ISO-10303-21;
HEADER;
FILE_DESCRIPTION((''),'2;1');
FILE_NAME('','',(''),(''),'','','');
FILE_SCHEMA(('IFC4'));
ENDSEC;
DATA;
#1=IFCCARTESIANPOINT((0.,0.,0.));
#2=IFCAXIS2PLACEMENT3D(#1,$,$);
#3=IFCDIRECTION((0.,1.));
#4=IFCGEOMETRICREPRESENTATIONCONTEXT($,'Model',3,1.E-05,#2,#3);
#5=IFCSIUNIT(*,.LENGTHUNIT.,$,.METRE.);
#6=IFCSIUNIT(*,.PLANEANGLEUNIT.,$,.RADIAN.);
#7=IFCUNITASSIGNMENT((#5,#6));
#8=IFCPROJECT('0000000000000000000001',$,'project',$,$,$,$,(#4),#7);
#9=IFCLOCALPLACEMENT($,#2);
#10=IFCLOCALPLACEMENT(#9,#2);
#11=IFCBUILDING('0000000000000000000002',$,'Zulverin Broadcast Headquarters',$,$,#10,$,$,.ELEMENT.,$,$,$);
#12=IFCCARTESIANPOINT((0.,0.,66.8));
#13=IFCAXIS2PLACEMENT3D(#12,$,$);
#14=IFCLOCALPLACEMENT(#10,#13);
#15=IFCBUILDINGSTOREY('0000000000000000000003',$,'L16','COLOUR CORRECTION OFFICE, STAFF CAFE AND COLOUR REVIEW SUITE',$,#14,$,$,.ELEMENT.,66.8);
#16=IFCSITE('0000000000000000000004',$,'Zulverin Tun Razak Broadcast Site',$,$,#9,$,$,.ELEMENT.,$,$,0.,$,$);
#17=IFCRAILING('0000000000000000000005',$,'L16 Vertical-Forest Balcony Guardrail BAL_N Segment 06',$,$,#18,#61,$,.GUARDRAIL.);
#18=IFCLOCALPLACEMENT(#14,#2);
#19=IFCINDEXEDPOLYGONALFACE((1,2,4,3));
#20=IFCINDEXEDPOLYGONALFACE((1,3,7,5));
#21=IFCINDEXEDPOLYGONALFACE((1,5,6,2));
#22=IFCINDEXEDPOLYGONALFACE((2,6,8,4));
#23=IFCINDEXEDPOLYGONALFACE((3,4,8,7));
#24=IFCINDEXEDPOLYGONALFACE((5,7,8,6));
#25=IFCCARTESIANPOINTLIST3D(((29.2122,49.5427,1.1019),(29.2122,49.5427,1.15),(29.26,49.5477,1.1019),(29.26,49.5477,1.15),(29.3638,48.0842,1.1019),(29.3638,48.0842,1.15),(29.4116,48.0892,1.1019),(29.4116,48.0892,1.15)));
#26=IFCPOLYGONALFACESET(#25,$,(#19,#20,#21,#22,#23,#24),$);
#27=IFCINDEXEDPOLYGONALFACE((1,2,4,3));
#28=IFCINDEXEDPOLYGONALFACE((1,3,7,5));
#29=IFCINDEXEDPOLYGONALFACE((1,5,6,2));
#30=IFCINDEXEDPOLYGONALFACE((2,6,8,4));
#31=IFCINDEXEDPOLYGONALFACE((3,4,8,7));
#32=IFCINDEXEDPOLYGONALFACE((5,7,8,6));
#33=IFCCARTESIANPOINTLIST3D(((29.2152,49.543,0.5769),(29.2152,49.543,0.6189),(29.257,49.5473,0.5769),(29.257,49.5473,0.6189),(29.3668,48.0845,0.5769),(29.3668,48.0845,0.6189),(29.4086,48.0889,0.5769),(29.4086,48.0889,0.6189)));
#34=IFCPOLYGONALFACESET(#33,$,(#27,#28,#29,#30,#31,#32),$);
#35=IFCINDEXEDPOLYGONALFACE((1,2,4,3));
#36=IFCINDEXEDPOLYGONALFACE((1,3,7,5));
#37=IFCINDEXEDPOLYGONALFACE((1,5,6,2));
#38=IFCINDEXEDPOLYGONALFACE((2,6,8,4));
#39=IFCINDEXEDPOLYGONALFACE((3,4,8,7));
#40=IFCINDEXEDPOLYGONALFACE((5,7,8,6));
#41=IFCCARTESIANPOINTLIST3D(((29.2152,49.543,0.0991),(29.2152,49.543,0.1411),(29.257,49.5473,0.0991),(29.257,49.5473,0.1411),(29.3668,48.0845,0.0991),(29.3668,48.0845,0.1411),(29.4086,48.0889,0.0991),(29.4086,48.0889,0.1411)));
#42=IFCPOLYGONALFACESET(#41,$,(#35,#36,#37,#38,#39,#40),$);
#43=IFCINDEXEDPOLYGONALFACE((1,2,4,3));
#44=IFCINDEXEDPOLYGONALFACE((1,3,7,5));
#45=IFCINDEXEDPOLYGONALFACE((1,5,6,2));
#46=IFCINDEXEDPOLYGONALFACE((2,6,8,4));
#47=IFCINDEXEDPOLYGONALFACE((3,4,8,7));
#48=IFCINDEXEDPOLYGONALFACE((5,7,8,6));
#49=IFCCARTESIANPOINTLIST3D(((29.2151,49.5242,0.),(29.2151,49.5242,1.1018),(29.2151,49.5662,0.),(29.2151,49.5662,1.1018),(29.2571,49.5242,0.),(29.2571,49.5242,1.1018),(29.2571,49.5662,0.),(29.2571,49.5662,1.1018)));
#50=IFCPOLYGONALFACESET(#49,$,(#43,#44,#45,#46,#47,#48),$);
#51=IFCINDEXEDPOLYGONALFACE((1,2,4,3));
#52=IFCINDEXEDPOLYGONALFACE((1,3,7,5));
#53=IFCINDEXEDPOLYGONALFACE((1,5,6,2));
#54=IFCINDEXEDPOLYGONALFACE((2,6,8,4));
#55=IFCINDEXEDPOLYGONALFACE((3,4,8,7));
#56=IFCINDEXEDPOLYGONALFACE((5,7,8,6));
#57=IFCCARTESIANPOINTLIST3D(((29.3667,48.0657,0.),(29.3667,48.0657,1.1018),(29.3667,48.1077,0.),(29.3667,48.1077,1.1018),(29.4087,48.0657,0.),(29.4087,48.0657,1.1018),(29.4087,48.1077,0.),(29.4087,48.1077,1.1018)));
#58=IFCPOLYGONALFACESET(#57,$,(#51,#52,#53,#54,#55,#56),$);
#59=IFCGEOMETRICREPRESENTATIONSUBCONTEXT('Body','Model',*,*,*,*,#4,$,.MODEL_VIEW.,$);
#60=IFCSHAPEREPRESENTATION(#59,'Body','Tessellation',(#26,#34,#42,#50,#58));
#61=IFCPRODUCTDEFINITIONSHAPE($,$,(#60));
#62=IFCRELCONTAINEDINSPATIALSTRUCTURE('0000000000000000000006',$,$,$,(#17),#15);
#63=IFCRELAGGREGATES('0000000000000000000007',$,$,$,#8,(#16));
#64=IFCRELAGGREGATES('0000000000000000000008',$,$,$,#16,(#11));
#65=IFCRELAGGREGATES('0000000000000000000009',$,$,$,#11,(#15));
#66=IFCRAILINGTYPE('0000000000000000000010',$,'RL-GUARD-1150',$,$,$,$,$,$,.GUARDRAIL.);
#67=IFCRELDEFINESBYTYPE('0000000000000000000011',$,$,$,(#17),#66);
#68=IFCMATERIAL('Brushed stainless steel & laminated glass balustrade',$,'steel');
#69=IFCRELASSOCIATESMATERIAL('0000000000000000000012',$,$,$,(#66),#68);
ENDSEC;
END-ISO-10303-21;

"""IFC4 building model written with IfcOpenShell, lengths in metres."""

from ifc_helpers import new_model, si_unit, direction, frame, origin, origin_2d, place, context, subcontext, project, spatial, rectangle, extrude, material, type_object, element, save


model = new_model("IFC4")

# Units and contexts
model_context = context("Model", 3, precision=1e-05, world=origin(), true_north=direction((0.0, 1.0)))
body_context = subcontext(model_context, "Body", "Model", "MODEL_VIEW")
ifc_project = project(units=[si_unit("LENGTHUNIT", "METRE"), si_unit("PLANEANGLEUNIT", "RADIAN")], contexts=[model_context])

# Site, building, storey
site_placement = place(None, origin())
site = spatial("IfcSite", under=ifc_project, at=site_placement, Name="Zulverin Tun Razak Broadcast Site", CompositionType="ELEMENT", RefElevation=0.0)
building_placement = place(site_placement, origin())
building = spatial("IfcBuilding", under=site, at=building_placement, Name="Zulverin Broadcast Headquarters", CompositionType="ELEMENT")
storey_placement = place(building_placement, frame((0.0, 0.0, 66.8)))
storey = spatial("IfcBuildingStorey", under=building, at=storey_placement, Name="L16", Description="COLOUR CORRECTION OFFICE, STAFF CAFE AND COLOUR REVIEW SUITE", CompositionType="ELEMENT", Elevation=66.8)

# Railing
ifc_material_1 = material(Name="Brushed stainless steel & laminated glass balustrade", Category="steel")
railing_type = type_object("IfcRailingType", Name="RL-GUARD-1150", PredefinedType="GUARDRAIL", material=ifc_material_1)
railing_1_placement = place(storey_placement, frame((29.2361, 49.5452, 0.0)))
element("IfcRailing", 1, at=railing_1_placement, inside=storey, type_object=railing_type, Name="L16 Vertical-Forest Balcony Guardrail BAL_N Segment 06", PredefinedType="GUARDRAIL", context=body_context, shape_type="SweptSolid", body=[
    extrude(rectangle(XDim=0.0481, YDim=0.0481, at=origin_2d()), frame((0.0, 0.0, 1.126), z_axis=(0.103393, -0.994641, 0.0), x_axis=(0.994641, 0.103393, 0.0)), (0.0, 0.0, 1.0), 1.4663),
    extrude(rectangle(XDim=0.042, YDim=0.042, at=origin_2d()), frame((0.0, 0.0, 0.5979), z_axis=(0.103393, -0.994641, 0.0), x_axis=(0.994641, 0.103393, 0.0)), (0.0, 0.0, 1.0), 1.4663),
    extrude(rectangle(XDim=0.042, YDim=0.042, at=origin_2d()), frame((0.0, 0.0, 0.1201), z_axis=(0.103393, -0.994641, 0.0), x_axis=(0.994641, 0.103393, 0.0)), (0.0, 0.0, 1.0), 1.4663),
    extrude(rectangle(XDim=0.042, YDim=0.042, at=origin_2d()), origin(), (0.0, 0.0, 1.0), 1.1018),
    extrude(rectangle(XDim=0.042, YDim=0.042, at=origin_2d()), frame((0.1516, -1.4585, 0.0)), (0.0, 0.0, 1.0), 1.1018),
])

save(model, "model.ifc")
